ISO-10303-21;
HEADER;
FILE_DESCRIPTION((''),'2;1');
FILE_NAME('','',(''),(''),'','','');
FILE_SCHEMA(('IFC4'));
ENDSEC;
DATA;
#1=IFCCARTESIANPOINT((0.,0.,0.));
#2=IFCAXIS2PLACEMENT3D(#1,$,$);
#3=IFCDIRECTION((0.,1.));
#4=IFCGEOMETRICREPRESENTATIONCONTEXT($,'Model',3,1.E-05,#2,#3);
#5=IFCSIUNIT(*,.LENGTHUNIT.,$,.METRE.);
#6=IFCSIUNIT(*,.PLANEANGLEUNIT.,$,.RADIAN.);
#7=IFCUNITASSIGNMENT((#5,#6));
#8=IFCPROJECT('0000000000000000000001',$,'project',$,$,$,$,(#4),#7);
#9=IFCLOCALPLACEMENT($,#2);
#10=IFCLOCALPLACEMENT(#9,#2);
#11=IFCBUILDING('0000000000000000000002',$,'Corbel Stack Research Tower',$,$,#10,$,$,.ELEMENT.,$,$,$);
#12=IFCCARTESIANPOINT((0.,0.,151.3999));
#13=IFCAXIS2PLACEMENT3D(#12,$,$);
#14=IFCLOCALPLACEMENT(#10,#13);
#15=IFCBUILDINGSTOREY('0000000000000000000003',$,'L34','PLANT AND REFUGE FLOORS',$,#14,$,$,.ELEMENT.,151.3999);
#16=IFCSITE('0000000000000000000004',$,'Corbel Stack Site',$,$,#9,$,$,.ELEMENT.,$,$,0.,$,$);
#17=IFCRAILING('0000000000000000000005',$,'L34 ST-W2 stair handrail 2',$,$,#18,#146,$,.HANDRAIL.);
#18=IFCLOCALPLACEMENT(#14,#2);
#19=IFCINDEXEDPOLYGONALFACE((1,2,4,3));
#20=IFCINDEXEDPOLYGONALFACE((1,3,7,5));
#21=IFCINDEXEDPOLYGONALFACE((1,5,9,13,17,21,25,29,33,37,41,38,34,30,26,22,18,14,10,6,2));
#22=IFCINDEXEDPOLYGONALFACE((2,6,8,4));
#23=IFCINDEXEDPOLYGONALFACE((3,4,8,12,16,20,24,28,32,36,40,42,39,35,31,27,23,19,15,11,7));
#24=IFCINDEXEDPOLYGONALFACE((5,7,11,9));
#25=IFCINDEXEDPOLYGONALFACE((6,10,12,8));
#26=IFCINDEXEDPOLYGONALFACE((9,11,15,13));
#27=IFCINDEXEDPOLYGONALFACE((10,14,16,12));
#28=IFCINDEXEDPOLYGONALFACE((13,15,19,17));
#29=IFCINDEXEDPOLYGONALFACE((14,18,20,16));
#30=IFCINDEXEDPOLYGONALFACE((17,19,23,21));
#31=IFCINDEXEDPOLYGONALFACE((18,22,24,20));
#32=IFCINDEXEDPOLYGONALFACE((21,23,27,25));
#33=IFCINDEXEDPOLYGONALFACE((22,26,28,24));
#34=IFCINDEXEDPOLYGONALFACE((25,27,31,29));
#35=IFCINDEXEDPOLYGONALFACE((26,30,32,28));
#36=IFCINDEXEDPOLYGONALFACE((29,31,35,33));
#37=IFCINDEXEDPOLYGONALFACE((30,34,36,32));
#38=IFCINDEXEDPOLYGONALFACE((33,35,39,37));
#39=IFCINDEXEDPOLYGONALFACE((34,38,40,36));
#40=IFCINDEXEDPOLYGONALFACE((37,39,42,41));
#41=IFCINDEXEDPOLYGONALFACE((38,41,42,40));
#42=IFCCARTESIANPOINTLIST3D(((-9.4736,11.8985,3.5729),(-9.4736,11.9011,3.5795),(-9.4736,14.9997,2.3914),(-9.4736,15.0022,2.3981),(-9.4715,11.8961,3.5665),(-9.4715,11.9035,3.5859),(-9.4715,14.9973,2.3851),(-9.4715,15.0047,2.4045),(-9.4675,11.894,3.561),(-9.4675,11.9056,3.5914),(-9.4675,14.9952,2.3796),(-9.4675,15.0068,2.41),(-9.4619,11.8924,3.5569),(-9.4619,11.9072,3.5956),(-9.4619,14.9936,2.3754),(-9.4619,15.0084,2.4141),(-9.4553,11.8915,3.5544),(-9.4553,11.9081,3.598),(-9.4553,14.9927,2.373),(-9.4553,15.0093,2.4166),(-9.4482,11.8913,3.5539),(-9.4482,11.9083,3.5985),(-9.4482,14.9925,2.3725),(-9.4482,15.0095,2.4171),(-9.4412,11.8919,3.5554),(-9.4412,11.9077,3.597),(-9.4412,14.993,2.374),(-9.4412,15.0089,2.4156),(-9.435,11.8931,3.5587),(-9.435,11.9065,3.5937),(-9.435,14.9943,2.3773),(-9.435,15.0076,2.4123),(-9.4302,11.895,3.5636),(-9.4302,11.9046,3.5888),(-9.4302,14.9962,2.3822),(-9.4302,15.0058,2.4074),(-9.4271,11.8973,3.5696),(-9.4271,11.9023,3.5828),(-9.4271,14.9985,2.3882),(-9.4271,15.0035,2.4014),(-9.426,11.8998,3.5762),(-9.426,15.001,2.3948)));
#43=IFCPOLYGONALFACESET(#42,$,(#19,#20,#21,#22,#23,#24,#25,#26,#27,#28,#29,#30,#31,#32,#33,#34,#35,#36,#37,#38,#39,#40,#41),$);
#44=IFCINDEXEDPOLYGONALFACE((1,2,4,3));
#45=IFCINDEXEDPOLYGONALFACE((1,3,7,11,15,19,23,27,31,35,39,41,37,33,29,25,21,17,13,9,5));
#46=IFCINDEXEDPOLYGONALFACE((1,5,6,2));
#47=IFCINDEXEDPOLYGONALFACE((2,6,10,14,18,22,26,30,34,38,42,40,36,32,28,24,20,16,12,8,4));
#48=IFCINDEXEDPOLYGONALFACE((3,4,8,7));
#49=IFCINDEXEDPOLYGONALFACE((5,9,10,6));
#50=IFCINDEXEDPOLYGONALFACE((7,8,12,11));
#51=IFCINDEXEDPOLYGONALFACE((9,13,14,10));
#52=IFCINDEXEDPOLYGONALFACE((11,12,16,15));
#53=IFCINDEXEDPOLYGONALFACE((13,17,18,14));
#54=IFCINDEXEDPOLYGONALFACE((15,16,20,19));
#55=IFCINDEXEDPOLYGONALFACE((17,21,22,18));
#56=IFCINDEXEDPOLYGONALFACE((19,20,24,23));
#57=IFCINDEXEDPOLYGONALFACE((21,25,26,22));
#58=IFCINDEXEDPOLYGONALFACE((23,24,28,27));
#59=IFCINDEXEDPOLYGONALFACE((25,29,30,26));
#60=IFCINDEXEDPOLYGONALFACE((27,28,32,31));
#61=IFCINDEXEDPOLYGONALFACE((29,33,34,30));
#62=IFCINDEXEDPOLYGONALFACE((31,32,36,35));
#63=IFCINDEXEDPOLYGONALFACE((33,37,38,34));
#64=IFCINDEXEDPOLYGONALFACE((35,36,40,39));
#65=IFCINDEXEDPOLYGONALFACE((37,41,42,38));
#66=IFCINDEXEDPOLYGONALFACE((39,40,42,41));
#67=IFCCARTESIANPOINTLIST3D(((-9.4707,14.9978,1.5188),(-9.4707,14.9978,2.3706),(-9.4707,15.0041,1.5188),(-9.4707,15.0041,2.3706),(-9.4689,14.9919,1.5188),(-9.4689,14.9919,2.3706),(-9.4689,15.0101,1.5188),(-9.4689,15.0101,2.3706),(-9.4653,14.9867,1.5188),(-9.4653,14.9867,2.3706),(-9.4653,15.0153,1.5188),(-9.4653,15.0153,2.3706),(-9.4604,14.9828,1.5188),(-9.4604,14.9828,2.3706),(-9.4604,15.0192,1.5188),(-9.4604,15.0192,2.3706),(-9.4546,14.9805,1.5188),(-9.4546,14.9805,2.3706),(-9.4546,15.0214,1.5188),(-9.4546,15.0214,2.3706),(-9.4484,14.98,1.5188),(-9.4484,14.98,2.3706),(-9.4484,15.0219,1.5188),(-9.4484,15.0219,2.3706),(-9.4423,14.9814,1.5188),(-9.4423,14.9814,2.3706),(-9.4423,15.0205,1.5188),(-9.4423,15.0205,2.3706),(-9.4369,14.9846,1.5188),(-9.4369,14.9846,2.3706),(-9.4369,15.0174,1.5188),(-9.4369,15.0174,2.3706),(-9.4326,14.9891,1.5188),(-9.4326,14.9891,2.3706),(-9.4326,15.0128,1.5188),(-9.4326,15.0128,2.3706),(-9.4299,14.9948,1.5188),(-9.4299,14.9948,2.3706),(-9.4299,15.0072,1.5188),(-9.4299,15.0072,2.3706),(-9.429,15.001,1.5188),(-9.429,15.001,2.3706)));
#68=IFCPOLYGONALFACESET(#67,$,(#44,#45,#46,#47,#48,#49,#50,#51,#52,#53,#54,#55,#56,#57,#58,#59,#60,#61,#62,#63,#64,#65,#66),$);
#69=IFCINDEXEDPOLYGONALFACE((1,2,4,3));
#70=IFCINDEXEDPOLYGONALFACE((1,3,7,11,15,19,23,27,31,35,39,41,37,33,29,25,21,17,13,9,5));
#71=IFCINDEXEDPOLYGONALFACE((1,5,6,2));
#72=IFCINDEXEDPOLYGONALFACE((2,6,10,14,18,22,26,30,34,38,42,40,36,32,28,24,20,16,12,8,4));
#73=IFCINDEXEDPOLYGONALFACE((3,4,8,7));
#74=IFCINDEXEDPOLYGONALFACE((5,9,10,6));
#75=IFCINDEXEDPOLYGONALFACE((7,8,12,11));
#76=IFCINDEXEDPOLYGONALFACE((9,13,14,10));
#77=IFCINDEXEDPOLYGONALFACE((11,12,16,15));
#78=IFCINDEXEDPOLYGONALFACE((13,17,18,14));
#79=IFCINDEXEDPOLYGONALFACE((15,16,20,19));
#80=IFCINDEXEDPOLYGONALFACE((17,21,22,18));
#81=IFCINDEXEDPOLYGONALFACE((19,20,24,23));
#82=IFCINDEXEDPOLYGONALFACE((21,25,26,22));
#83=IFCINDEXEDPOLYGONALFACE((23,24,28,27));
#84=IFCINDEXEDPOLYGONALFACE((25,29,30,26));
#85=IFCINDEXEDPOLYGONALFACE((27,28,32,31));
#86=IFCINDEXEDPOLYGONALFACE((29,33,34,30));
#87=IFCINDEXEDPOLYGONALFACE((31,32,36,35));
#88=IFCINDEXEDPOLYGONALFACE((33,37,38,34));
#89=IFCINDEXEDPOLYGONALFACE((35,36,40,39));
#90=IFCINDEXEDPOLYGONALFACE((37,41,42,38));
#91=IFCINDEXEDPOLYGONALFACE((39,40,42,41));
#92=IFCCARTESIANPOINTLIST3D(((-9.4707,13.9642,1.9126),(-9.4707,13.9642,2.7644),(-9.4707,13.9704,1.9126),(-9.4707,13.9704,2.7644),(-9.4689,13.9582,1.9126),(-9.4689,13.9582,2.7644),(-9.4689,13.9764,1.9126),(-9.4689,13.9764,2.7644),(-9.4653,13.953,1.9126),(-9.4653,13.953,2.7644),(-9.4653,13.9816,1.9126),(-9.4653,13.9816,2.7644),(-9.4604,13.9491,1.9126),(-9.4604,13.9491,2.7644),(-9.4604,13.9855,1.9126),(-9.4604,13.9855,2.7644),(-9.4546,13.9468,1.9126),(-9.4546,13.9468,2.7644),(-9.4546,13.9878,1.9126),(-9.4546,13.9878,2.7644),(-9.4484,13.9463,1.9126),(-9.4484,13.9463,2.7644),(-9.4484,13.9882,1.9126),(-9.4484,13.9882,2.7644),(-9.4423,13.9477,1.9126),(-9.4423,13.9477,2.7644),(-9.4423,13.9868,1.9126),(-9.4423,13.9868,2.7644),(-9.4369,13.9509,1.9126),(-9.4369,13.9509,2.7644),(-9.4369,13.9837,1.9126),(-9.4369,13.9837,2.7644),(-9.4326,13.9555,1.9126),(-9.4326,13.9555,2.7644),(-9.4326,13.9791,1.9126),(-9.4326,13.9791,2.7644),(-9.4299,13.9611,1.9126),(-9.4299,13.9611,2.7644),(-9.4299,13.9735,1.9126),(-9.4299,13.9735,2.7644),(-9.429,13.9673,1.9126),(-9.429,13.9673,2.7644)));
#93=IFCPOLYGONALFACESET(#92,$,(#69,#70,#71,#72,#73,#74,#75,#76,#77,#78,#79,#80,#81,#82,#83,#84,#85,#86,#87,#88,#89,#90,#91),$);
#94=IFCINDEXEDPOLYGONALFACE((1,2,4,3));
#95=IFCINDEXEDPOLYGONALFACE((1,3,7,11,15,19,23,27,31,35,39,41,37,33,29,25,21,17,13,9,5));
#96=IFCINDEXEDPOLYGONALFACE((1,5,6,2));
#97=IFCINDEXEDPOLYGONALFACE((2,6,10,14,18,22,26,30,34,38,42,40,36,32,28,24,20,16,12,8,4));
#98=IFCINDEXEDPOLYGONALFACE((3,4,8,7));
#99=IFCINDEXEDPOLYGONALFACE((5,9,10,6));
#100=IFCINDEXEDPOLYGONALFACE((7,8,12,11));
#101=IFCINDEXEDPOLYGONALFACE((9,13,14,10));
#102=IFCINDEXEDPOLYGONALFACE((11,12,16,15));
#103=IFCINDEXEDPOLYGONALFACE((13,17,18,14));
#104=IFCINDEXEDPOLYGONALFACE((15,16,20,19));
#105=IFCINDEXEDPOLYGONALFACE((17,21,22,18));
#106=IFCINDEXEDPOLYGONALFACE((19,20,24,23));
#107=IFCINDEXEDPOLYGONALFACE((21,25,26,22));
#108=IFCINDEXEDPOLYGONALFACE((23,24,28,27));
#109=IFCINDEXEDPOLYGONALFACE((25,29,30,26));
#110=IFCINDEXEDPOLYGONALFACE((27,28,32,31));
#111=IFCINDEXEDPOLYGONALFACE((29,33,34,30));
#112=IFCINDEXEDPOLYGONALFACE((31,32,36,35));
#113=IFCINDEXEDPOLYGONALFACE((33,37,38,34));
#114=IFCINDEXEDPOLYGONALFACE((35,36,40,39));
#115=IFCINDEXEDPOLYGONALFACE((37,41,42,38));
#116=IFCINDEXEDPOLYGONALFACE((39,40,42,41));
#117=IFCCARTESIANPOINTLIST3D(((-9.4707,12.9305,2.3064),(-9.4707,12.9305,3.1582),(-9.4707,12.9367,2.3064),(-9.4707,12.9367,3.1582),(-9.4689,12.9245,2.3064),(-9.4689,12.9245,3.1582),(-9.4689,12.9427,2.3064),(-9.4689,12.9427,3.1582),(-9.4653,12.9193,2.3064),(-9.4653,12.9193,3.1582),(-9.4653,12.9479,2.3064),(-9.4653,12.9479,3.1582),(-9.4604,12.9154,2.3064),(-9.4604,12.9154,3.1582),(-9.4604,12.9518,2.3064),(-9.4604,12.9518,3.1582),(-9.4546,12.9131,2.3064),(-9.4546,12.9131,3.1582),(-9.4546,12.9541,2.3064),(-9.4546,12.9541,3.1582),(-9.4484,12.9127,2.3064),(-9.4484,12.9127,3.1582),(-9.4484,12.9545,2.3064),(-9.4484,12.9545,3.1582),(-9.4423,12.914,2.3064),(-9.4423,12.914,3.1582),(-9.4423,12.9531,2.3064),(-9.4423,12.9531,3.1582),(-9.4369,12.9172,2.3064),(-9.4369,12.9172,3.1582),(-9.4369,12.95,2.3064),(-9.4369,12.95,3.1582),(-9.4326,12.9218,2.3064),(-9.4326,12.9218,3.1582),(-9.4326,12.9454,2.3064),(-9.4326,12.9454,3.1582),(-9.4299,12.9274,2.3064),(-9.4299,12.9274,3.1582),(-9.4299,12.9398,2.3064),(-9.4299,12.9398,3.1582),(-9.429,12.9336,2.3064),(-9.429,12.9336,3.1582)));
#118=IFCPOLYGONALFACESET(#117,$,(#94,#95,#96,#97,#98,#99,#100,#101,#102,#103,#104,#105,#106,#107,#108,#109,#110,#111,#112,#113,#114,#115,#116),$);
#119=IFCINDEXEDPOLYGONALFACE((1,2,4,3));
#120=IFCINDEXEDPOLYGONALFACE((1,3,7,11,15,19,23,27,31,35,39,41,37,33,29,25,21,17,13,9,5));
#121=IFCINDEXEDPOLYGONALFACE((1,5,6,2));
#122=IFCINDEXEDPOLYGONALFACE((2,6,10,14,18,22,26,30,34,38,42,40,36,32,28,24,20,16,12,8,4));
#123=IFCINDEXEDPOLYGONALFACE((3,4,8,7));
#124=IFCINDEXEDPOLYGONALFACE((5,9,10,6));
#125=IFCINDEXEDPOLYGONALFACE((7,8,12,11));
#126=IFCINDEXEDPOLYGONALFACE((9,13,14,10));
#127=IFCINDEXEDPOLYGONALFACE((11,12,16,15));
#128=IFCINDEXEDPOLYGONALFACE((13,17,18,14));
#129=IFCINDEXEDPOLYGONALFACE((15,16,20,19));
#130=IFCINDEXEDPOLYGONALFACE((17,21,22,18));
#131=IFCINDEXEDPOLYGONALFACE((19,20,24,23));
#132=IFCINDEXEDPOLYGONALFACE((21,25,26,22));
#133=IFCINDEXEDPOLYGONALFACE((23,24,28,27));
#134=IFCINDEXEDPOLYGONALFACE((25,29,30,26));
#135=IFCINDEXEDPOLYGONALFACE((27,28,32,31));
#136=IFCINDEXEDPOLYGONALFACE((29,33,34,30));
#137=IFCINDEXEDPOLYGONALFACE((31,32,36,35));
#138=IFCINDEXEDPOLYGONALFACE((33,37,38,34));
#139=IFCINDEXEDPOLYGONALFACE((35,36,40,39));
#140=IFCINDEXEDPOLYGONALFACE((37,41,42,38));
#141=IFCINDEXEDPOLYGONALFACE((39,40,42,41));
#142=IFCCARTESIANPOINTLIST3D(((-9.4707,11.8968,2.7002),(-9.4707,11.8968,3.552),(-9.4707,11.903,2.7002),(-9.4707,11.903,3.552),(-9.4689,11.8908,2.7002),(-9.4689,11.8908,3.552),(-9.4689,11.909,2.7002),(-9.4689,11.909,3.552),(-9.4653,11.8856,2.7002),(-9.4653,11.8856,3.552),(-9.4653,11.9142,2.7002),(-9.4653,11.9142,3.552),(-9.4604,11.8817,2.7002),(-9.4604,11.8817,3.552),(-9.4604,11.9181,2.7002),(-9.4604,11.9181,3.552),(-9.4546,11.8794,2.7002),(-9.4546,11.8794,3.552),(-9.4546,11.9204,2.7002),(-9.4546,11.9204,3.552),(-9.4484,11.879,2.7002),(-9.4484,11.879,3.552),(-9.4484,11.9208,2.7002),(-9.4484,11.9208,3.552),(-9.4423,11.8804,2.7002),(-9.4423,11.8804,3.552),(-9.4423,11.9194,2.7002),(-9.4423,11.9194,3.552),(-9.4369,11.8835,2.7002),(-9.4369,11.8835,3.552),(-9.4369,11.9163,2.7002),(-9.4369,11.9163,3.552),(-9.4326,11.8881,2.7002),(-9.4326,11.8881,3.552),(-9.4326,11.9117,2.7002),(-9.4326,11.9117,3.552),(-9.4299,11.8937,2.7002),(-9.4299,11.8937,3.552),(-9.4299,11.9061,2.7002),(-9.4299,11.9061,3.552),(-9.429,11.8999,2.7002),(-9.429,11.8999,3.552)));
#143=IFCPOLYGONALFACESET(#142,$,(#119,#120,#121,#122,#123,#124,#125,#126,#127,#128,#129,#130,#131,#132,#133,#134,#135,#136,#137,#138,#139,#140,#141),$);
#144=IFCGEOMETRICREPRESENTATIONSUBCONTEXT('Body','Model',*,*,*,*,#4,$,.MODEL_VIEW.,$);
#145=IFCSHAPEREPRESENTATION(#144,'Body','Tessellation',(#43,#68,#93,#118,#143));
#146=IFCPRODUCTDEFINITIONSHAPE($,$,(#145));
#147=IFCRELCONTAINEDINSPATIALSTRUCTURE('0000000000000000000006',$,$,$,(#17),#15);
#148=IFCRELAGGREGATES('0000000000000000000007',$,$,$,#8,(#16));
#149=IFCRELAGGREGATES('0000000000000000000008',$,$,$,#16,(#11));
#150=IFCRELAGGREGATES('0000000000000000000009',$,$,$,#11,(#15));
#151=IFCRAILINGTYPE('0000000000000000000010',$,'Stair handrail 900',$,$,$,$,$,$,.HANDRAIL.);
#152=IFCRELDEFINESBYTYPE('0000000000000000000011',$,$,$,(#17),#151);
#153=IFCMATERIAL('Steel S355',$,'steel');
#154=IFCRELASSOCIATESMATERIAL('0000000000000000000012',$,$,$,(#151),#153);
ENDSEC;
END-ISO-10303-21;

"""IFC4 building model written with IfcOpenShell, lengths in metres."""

from ifc_helpers import new_model, si_unit, direction, frame, origin, origin_2d, place, context, subcontext, project, spatial, circle, extrude, material, type_object, element, save


model = new_model("IFC4")

# Units and contexts
model_context = context("Model", 3, precision=1e-05, world=origin(), true_north=direction((0.0, 1.0)))
body_context = subcontext(model_context, "Body", "Model", "MODEL_VIEW")
ifc_project = project(units=[si_unit("LENGTHUNIT", "METRE"), si_unit("PLANEANGLEUNIT", "RADIAN")], contexts=[model_context])

# Site, building, storey
site_placement = place(None, origin())
site = spatial("IfcSite", under=ifc_project, at=site_placement, Name="Corbel Stack Site", CompositionType="ELEMENT", RefElevation=0.0)
building_placement = place(site_placement, origin())
building = spatial("IfcBuilding", under=site, at=building_placement, Name="Corbel Stack Research Tower", CompositionType="ELEMENT")
storey_placement = place(building_placement, frame((0.0, 0.0, 151.3999)))
storey = spatial("IfcBuildingStorey", under=building, at=storey_placement, Name="L34", Description="PLANT AND REFUGE FLOORS", CompositionType="ELEMENT", Elevation=151.3999)

# Railing
ifc_material_1 = material(Name="Steel S355", Category="steel")
railing_type_1 = type_object("IfcRailingType", Name="Stair handrail 900", PredefinedType="HANDRAIL", material=ifc_material_1)
for number, where, name in (
    (1, (-9.45, 15.001, 1.5188), "L34 ST-W2 stair handrail 2"),
):
    element("IfcRailing", number, at=place(storey_placement, frame(where)), inside=storey, type_object=railing_type_1, Name=name, PredefinedType="HANDRAIL", context=body_context, shape_type="SweptSolid", body=[
        extrude(circle(Radius=0.0239, at=origin_2d()), frame((0.0, 0.0, 0.876), z_axis=(0.0, -0.934484, 0.356005), x_axis=(1.0, 0.0, 0.0)), (0.0, 0.0, 1.0), 3.3186),
        extrude(circle(Radius=0.021, at=origin_2d()), origin(), (0.0, 0.0, 1.0), 0.8518),
        extrude(circle(Radius=0.021, at=origin_2d()), frame((0.0, -1.0337, 0.3938)), (0.0, 0.0, 1.0), 0.8518),
        extrude(circle(Radius=0.021, at=origin_2d()), frame((0.0, -2.0674, 0.7876)), (0.0, 0.0, 1.0), 0.8518),
        extrude(circle(Radius=0.021, at=origin_2d()), frame((0.0, -3.1011, 1.1814)), (0.0, 0.0, 1.0), 0.8518),
    ])

save(model, "model.ifc")
